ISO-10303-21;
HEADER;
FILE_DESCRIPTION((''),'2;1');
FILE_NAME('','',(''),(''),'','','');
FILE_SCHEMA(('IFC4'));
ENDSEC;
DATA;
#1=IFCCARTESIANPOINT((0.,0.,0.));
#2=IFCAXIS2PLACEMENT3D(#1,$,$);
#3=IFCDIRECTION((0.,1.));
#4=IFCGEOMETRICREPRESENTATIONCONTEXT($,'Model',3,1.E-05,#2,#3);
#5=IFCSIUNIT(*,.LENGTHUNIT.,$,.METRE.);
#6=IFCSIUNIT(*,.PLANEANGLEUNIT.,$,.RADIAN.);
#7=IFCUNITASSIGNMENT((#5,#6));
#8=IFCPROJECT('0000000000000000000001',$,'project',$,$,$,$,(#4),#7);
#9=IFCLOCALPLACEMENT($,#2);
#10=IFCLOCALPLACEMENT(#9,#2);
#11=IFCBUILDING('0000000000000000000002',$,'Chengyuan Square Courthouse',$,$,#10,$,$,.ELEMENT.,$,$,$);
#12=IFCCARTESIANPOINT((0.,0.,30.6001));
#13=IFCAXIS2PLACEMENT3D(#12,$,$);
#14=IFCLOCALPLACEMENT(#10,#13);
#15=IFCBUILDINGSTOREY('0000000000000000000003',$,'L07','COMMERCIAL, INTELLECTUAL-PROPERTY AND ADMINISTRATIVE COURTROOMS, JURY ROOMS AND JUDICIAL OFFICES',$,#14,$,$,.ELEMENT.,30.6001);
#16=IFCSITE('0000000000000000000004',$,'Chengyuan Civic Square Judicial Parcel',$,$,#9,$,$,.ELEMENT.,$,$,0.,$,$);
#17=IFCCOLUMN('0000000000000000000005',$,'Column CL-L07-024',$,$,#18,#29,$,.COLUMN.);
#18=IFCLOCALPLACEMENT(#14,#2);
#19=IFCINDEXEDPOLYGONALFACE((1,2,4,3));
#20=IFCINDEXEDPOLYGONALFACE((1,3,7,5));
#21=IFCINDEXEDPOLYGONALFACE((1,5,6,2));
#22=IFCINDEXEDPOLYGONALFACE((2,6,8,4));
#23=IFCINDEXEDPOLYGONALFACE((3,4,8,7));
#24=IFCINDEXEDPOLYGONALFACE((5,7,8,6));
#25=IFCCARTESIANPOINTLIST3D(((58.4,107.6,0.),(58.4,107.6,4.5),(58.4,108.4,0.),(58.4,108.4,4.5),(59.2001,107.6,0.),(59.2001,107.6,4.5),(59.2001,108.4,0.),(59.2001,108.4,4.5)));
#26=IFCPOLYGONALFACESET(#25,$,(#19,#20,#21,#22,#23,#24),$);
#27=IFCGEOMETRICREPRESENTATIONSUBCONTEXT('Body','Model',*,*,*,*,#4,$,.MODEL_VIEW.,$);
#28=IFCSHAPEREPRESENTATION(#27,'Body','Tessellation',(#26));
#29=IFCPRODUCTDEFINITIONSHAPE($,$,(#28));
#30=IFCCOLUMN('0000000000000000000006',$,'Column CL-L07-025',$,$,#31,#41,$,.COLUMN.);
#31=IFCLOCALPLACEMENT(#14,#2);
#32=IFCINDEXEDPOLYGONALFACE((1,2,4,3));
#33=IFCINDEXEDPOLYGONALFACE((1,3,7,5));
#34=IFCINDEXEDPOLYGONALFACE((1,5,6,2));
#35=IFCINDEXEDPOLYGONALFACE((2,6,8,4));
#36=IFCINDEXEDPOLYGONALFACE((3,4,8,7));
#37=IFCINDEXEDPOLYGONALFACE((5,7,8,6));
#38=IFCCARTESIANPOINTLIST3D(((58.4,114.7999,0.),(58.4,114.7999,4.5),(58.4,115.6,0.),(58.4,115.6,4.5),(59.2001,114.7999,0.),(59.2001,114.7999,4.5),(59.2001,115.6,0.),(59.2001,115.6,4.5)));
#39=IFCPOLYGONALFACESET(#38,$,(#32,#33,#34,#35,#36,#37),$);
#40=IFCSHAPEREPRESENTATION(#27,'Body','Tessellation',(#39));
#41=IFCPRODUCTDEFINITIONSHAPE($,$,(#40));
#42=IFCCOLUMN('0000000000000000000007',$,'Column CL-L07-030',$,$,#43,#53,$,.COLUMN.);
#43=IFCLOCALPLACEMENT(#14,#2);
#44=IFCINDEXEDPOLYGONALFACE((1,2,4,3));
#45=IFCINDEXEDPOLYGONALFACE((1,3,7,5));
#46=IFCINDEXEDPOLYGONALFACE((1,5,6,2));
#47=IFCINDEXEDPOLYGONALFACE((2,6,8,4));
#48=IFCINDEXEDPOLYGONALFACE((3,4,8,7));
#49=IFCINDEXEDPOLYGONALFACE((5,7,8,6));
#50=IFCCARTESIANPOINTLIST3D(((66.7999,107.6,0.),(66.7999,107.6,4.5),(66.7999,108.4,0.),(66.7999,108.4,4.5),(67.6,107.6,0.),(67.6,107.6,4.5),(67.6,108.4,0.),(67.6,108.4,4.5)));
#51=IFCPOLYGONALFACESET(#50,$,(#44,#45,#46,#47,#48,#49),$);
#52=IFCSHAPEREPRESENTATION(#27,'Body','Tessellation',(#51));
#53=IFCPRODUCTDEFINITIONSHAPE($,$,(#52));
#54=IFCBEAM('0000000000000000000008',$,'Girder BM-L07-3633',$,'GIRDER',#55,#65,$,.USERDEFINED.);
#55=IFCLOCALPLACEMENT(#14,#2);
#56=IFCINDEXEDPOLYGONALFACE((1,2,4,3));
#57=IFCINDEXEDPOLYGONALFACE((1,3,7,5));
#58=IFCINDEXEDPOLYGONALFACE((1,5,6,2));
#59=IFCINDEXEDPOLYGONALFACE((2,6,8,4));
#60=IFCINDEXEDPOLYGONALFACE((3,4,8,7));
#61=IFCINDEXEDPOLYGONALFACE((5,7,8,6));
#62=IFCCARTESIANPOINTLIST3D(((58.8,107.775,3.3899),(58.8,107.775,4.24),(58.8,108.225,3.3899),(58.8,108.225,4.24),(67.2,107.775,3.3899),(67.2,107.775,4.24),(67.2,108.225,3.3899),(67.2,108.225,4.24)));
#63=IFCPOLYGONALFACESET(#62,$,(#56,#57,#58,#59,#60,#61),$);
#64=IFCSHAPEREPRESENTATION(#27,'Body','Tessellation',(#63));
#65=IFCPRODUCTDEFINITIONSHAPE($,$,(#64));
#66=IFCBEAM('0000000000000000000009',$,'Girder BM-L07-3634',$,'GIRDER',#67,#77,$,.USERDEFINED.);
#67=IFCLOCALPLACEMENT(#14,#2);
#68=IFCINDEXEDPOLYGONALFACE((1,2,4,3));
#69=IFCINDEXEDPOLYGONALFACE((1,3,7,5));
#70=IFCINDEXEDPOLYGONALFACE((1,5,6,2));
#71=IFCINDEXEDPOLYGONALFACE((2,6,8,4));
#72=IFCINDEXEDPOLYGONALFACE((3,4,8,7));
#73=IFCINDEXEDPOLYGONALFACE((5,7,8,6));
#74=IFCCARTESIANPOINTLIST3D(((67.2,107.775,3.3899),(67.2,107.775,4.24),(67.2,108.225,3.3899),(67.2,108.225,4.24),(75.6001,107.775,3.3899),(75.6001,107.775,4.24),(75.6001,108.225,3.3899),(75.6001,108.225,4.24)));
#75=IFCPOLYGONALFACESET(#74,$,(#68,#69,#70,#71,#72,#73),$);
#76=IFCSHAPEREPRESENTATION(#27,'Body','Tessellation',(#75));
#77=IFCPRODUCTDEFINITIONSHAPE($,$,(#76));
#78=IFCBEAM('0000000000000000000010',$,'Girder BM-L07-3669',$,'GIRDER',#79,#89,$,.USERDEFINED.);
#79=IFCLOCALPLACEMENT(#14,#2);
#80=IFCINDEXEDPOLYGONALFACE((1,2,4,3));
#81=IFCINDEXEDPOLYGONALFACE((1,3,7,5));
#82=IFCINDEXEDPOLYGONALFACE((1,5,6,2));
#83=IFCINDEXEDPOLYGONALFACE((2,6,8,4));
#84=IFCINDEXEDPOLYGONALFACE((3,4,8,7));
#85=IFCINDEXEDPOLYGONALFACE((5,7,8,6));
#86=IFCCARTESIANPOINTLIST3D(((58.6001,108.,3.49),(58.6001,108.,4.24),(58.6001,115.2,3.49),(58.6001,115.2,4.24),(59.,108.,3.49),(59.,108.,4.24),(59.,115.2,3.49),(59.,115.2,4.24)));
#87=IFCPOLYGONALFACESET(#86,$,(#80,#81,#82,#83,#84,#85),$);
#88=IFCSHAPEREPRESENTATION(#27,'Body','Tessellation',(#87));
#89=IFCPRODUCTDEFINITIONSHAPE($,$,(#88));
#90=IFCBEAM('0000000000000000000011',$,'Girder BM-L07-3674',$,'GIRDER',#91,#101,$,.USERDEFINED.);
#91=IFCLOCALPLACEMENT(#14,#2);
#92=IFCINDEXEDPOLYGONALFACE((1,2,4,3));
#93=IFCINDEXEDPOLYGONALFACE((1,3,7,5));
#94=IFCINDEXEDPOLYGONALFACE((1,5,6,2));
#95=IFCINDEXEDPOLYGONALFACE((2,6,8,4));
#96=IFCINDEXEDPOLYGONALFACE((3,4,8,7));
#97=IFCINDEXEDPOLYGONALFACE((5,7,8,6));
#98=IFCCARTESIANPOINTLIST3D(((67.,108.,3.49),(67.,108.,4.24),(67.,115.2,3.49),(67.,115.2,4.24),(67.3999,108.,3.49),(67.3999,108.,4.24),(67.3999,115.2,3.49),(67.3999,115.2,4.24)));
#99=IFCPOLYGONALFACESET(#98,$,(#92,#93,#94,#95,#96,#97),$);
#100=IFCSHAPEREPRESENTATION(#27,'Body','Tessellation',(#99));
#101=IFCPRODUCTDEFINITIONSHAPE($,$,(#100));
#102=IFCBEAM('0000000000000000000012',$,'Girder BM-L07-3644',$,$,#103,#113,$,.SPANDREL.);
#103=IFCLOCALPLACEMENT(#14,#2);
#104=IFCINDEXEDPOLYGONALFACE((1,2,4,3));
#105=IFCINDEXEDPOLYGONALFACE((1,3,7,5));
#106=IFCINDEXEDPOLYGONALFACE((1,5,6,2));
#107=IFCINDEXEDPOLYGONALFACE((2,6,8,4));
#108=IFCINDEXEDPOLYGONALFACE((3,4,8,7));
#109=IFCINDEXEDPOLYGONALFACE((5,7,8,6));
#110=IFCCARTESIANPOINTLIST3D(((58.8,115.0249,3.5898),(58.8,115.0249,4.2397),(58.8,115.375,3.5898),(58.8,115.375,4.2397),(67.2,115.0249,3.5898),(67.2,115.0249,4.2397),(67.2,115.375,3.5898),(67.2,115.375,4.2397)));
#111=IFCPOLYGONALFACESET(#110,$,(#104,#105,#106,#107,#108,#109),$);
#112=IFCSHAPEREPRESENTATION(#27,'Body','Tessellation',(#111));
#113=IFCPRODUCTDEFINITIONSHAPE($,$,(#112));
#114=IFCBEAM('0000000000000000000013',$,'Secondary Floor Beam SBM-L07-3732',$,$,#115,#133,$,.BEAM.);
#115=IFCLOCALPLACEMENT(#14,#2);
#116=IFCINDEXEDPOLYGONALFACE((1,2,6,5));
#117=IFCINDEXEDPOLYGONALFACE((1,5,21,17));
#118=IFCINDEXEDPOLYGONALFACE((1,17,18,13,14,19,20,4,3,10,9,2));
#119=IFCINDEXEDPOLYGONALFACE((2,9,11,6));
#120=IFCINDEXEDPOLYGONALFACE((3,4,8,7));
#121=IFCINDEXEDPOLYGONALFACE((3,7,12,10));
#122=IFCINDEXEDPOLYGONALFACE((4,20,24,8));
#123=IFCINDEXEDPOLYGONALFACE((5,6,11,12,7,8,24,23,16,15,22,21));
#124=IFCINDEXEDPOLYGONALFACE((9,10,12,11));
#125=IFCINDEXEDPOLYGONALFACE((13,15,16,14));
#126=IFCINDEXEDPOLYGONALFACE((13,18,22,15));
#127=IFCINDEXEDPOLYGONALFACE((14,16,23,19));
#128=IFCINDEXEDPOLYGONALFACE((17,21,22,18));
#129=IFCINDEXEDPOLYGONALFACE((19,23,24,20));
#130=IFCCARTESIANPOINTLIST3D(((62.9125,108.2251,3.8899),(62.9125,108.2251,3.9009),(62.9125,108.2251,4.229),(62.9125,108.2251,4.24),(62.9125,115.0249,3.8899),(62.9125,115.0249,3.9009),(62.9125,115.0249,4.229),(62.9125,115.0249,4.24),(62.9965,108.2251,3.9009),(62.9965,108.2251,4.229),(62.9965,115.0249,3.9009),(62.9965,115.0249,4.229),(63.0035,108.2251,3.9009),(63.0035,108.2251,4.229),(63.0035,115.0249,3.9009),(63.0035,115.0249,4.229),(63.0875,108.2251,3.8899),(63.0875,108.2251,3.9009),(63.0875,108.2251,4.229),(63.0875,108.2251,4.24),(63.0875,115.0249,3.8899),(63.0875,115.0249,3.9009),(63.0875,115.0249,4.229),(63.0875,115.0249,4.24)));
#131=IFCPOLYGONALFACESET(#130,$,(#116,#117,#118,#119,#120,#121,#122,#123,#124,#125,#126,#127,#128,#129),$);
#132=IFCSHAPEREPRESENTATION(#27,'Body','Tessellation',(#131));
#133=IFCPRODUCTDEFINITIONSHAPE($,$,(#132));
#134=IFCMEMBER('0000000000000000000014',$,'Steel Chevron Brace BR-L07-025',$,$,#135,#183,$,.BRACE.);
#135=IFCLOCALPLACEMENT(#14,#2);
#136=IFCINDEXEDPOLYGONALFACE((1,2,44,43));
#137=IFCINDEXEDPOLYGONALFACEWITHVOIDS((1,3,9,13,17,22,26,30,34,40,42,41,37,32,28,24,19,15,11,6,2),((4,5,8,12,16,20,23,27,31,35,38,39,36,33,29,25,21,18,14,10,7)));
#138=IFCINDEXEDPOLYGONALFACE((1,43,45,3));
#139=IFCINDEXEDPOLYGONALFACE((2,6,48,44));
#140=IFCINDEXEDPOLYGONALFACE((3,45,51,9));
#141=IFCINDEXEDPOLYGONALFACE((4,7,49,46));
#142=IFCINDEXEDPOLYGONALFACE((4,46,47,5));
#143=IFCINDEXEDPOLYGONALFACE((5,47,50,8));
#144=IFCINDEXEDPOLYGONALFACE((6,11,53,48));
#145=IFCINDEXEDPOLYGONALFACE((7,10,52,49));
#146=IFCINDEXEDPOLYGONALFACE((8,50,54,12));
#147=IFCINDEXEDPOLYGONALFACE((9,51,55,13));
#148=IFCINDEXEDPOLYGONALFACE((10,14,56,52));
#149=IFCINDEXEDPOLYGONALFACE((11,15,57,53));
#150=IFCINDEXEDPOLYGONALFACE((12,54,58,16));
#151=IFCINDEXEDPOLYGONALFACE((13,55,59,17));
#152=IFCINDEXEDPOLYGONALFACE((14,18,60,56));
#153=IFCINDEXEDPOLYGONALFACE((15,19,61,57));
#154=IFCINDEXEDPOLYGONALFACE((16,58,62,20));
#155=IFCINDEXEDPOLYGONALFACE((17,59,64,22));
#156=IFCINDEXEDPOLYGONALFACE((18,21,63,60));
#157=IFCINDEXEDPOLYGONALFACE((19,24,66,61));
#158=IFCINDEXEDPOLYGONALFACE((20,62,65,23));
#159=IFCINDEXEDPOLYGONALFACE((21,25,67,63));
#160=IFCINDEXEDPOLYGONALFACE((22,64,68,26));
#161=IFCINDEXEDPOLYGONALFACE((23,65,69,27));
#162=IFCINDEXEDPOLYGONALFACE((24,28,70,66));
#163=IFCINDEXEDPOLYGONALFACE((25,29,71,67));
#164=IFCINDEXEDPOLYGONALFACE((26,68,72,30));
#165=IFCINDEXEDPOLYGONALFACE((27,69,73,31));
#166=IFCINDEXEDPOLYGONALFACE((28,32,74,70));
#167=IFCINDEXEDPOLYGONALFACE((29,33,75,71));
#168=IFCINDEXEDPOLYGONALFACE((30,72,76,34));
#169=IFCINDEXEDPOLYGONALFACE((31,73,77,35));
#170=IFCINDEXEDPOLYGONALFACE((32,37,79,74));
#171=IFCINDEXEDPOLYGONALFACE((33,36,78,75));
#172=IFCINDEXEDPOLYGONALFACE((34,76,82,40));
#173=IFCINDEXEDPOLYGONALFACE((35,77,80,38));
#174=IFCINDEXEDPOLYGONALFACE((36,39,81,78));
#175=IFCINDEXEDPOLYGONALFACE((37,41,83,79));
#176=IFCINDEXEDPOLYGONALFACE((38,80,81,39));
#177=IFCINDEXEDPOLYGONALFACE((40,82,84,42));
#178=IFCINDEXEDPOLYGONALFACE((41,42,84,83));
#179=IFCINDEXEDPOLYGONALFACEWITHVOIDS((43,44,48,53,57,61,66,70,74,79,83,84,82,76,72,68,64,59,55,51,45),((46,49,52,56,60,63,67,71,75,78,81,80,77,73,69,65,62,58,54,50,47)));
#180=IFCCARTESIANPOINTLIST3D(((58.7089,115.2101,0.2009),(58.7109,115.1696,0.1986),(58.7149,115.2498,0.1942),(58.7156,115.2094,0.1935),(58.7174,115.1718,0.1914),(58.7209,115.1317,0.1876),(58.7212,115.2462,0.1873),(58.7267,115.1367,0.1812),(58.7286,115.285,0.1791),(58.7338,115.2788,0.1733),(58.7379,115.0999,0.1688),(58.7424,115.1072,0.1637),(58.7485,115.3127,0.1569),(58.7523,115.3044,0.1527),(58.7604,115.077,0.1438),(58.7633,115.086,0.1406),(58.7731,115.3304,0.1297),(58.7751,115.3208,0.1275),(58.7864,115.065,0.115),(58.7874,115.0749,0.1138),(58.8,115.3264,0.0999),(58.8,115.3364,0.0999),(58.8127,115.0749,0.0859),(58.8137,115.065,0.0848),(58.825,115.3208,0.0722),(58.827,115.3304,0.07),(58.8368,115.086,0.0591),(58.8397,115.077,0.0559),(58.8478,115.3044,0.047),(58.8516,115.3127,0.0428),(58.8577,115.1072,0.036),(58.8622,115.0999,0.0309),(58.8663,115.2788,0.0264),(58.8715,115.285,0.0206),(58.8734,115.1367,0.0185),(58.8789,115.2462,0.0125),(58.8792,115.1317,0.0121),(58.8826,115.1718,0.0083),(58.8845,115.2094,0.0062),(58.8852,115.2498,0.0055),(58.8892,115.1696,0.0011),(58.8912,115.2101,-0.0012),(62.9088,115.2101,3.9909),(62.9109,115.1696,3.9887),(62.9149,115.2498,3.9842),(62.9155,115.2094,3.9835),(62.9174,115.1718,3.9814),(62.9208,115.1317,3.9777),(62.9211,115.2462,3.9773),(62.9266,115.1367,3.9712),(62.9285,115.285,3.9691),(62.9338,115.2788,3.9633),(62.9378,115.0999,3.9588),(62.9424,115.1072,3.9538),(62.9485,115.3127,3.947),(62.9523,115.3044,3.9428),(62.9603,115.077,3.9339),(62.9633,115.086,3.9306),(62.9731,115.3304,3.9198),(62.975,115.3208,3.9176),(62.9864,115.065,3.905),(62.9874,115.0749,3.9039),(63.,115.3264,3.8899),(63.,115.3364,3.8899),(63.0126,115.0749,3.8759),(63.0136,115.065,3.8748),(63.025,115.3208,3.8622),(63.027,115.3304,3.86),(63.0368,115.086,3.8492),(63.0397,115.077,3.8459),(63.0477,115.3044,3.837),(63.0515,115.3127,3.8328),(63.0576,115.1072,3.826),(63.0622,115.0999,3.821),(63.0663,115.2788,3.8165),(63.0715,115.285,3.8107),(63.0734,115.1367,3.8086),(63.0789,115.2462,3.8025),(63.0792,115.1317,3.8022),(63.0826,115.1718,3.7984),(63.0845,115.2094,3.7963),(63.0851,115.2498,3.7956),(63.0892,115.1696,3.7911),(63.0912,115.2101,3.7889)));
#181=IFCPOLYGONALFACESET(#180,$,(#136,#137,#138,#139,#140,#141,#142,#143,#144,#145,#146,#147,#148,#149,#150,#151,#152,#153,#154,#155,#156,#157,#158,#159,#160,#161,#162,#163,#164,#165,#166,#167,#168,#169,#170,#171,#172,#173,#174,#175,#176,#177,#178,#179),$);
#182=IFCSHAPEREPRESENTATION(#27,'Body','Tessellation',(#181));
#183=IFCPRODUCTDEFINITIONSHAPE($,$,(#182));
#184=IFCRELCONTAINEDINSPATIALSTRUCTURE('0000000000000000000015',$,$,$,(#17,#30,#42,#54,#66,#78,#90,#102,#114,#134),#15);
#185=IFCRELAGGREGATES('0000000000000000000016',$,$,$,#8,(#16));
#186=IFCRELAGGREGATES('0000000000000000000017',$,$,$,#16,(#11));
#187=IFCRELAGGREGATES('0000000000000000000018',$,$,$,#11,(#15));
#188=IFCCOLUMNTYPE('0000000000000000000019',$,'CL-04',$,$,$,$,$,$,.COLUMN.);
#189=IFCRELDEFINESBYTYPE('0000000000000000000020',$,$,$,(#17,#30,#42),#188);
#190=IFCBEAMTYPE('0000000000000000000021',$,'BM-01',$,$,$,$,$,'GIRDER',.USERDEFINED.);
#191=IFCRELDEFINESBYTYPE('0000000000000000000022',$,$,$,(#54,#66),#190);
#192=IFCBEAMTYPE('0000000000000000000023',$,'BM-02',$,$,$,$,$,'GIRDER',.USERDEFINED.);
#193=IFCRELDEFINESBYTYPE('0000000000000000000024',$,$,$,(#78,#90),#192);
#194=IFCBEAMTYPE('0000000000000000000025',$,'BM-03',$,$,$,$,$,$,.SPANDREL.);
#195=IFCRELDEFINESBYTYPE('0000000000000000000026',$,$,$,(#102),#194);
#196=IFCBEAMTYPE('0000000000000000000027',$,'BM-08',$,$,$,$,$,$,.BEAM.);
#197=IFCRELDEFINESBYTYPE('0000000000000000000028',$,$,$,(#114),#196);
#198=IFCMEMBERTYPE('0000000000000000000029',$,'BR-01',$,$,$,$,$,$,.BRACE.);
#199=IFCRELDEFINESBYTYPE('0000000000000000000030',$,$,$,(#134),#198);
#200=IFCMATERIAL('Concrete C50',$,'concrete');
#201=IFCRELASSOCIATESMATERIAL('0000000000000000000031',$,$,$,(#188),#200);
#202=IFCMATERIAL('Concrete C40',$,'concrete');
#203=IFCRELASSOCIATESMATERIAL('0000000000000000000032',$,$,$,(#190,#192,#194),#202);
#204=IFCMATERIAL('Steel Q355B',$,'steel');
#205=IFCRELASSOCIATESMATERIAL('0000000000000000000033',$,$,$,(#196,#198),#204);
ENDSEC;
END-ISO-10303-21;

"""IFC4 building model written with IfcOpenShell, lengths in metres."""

from ifc_helpers import new_model, si_unit, direction, frame, origin, origin_2d, place, context, subcontext, project, spatial, rectangle, hollow_circle, i_section, extrude, material, material_profile, profile_set, type_object, element, save


model = new_model("IFC4")

# Units and contexts
model_context = context("Model", 3, precision=1e-05, world=origin(), true_north=direction((0.0, 1.0)))
body_context = subcontext(model_context, "Body", "Model", "MODEL_VIEW")
ifc_project = project(units=[si_unit("LENGTHUNIT", "METRE"), si_unit("PLANEANGLEUNIT", "RADIAN")], contexts=[model_context])

# Site, building, storey
site_placement = place(None, origin())
site = spatial("IfcSite", under=ifc_project, at=site_placement, Name="Chengyuan Civic Square Judicial Parcel", CompositionType="ELEMENT", RefElevation=0.0)
building_placement = place(site_placement, origin())
building = spatial("IfcBuilding", under=site, at=building_placement, Name="Chengyuan Square Courthouse", CompositionType="ELEMENT")
storey_placement = place(building_placement, frame((0.0, 0.0, 30.6001)))
storey = spatial("IfcBuildingStorey", under=building, at=storey_placement, Name="L07", Description="COMMERCIAL, INTELLECTUAL-PROPERTY AND ADMINISTRATIVE COURTROOMS, JURY ROOMS AND JUDICIAL OFFICES", CompositionType="ELEMENT", Elevation=30.6001)

# Columns
ifc_material_1 = material(Name="Concrete C50", Category="concrete")
ifc_material_profile_1 = material_profile(ifc_material_1, rectangle(XDim=0.8, YDim=0.8, at=origin_2d()), Name="RC-COL-800x800")
ifc_profile_set_1 = profile_set([ifc_material_profile_1], Name="Concrete C50")
column_type = type_object("IfcColumnType", Name="CL-04", PredefinedType="COLUMN", material=ifc_profile_set_1)
for number, where, z_axis, x_axis, name in (
    (1, (58.8, 108.0, 0.0), (0.0, 0.0, 1.0), (1.0, 0.0, 0.0), "Column CL-L07-024"),
    (2, (58.8, 115.2, 0.0), (0.0, 0.0, 1.0), (1.0, 0.0, 0.0), "Column CL-L07-025"),
    (3, (67.2, 108.0, 0.0), (0.0, 0.0, 1.0), (1.0, 0.0, 0.0), "Column CL-L07-030"),
):
    element("IfcColumn", number, at=place(storey_placement, frame(where, z_axis=z_axis, x_axis=x_axis)), inside=storey, type_object=column_type, Name=name, PredefinedType="COLUMN", context=body_context, shape_type="SweptSolid", body=[
        extrude(rectangle(XDim=0.8, YDim=0.8, at=origin_2d()), origin(), (0.0, 0.0, 1.0), 4.5),
    ])

# Beams
ifc_material_2 = material(Name="Concrete C40", Category="concrete")
ifc_material_profile_2 = material_profile(ifc_material_2, rectangle(XDim=0.45, YDim=0.8501, at=origin_2d()), Name="RC-BM-450x850")
ifc_profile_set_2 = profile_set([ifc_material_profile_2], Name="Concrete C40")
beam_type_1 = type_object("IfcBeamType", Name="BM-01", ElementType="GIRDER", PredefinedType="USERDEFINED", material=ifc_profile_set_2)
beam_1_placement = place(storey_placement, frame((58.8, 108.0, 3.8149), z_axis=(1.0, 0.0, 0.0), x_axis=(0.0, 1.0, 0.0)))
element("IfcBeam", 4, at=beam_1_placement, inside=storey, type_object=beam_type_1, Name="Girder BM-L07-3633", ObjectType="GIRDER", PredefinedType="USERDEFINED", context=body_context, shape_type="SweptSolid", body=[
    extrude(rectangle(XDim=0.45, YDim=0.8501, at=origin_2d()), origin(), (0.0, 0.0, 1.0), 8.3999),
])
beam_2_placement = place(storey_placement, frame((67.2, 108.0, 3.8149), z_axis=(1.0, 0.0, 0.0), x_axis=(0.0, 1.0, 0.0)))
element("IfcBeam", 5, at=beam_2_placement, inside=storey, type_object=beam_type_1, Name="Girder BM-L07-3634", ObjectType="GIRDER", PredefinedType="USERDEFINED", context=body_context, shape_type="SweptSolid", body=[
    extrude(rectangle(XDim=0.45, YDim=0.8501, at=origin_2d()), origin(), (0.0, 0.0, 1.0), 8.4001),
])
ifc_material_profile_3 = material_profile(ifc_material_2, rectangle(XDim=0.3999, YDim=0.75, at=origin_2d()), Name="RC-BM-400x750")
ifc_profile_set_3 = profile_set([ifc_material_profile_3], Name="Concrete C40")
beam_type_2 = type_object("IfcBeamType", Name="BM-02", ElementType="GIRDER", PredefinedType="USERDEFINED", material=ifc_profile_set_3)
for number, where, z_axis, x_axis, name in (
    (6, (58.8, 108.0, 3.865), (0.0, 1.0, 0.0), (-1.0, 0.0, 0.0), "Girder BM-L07-3669"),
    (7, (67.2, 108.0, 3.865), (0.0, 1.0, 0.0), (-1.0, 0.0, 0.0), "Girder BM-L07-3674"),
):
    element("IfcBeam", number, at=place(storey_placement, frame(where, z_axis=z_axis, x_axis=x_axis)), inside=storey, type_object=beam_type_2, Name=name, ObjectType="GIRDER", PredefinedType="USERDEFINED", context=body_context, shape_type="SweptSolid", body=[
        extrude(rectangle(XDim=0.3999, YDim=0.75, at=origin_2d()), origin(), (0.0, 0.0, 1.0), 7.2),
    ])
ifc_material_profile_4 = material_profile(ifc_material_2, rectangle(XDim=0.3501, YDim=0.6499, at=origin_2d()), Name="RC-BM-350x650")
ifc_profile_set_4 = profile_set([ifc_material_profile_4], Name="Concrete C40")
beam_type_3 = type_object("IfcBeamType", Name="BM-03", PredefinedType="SPANDREL", material=ifc_profile_set_4)
beam_3_placement = place(storey_placement, frame((58.8, 115.2, 3.9148), z_axis=(1.0, 0.0, 0.0), x_axis=(0.0, 1.0, 0.0)))
element("IfcBeam", 8, at=beam_3_placement, inside=storey, type_object=beam_type_3, Name="Girder BM-L07-3644", PredefinedType="SPANDREL", context=body_context, shape_type="SweptSolid", body=[
    extrude(rectangle(XDim=0.3501, YDim=0.6499, at=origin_2d()), origin(), (0.0, 0.0, 1.0), 8.3999),
])
ifc_material_3 = material(Name="Steel Q355B", Category="steel")
ifc_material_profile_5 = material_profile(ifc_material_3, i_section(OverallWidth=0.175, OverallDepth=0.3501, WebThickness=0.0071, FlangeThickness=0.011, at=origin_2d()), Name="HN 350x175x7x11")
ifc_profile_set_5 = profile_set([ifc_material_profile_5], Name="Steel Q355B")
beam_type_4 = type_object("IfcBeamType", Name="BM-08", PredefinedType="BEAM", material=ifc_profile_set_5)
beam_4_placement = place(storey_placement, frame((63.0, 108.2251, 4.0649), z_axis=(0.0, 1.0, 0.0), x_axis=(-1.0, 0.0, 0.0)))
element("IfcBeam", 9, at=beam_4_placement, inside=storey, type_object=beam_type_4, Name="Secondary Floor Beam SBM-L07-3732", PredefinedType="BEAM", context=body_context, shape_type="SweptSolid", body=[
    extrude(i_section(OverallWidth=0.175, OverallDepth=0.3501, WebThickness=0.0071, FlangeThickness=0.011, at=origin_2d()), origin(), (0.0, 0.0, 1.0), 6.7998),
])

# Member
ifc_material_profile_6 = material_profile(ifc_material_3, hollow_circle(Radius=0.1365, WallThickness=0.01, at=origin_2d()), Name="CHS 273x10")
ifc_profile_set_6 = profile_set([ifc_material_profile_6], Name="Steel Q355B")
member_type_1 = type_object("IfcMemberType", Name="BR-01", PredefinedType="BRACE", material=ifc_profile_set_6)
member_1_placement = place(storey_placement, frame((58.8, 115.2, 0.0999), z_axis=(0.742407, 0.0, 0.669949), x_axis=(0.0, 1.0, 0.0)))
element("IfcMember", 10, at=member_1_placement, inside=storey, type_object=member_type_1, Name="Steel Chevron Brace BR-L07-025", PredefinedType="BRACE", context=body_context, shape_type="SweptSolid", body=[
    extrude(hollow_circle(Radius=0.1365, WallThickness=0.01, at=origin_2d()), origin(), (0.0, 0.0, 1.0), 5.6572),
])

save(model, "model.ifc")
